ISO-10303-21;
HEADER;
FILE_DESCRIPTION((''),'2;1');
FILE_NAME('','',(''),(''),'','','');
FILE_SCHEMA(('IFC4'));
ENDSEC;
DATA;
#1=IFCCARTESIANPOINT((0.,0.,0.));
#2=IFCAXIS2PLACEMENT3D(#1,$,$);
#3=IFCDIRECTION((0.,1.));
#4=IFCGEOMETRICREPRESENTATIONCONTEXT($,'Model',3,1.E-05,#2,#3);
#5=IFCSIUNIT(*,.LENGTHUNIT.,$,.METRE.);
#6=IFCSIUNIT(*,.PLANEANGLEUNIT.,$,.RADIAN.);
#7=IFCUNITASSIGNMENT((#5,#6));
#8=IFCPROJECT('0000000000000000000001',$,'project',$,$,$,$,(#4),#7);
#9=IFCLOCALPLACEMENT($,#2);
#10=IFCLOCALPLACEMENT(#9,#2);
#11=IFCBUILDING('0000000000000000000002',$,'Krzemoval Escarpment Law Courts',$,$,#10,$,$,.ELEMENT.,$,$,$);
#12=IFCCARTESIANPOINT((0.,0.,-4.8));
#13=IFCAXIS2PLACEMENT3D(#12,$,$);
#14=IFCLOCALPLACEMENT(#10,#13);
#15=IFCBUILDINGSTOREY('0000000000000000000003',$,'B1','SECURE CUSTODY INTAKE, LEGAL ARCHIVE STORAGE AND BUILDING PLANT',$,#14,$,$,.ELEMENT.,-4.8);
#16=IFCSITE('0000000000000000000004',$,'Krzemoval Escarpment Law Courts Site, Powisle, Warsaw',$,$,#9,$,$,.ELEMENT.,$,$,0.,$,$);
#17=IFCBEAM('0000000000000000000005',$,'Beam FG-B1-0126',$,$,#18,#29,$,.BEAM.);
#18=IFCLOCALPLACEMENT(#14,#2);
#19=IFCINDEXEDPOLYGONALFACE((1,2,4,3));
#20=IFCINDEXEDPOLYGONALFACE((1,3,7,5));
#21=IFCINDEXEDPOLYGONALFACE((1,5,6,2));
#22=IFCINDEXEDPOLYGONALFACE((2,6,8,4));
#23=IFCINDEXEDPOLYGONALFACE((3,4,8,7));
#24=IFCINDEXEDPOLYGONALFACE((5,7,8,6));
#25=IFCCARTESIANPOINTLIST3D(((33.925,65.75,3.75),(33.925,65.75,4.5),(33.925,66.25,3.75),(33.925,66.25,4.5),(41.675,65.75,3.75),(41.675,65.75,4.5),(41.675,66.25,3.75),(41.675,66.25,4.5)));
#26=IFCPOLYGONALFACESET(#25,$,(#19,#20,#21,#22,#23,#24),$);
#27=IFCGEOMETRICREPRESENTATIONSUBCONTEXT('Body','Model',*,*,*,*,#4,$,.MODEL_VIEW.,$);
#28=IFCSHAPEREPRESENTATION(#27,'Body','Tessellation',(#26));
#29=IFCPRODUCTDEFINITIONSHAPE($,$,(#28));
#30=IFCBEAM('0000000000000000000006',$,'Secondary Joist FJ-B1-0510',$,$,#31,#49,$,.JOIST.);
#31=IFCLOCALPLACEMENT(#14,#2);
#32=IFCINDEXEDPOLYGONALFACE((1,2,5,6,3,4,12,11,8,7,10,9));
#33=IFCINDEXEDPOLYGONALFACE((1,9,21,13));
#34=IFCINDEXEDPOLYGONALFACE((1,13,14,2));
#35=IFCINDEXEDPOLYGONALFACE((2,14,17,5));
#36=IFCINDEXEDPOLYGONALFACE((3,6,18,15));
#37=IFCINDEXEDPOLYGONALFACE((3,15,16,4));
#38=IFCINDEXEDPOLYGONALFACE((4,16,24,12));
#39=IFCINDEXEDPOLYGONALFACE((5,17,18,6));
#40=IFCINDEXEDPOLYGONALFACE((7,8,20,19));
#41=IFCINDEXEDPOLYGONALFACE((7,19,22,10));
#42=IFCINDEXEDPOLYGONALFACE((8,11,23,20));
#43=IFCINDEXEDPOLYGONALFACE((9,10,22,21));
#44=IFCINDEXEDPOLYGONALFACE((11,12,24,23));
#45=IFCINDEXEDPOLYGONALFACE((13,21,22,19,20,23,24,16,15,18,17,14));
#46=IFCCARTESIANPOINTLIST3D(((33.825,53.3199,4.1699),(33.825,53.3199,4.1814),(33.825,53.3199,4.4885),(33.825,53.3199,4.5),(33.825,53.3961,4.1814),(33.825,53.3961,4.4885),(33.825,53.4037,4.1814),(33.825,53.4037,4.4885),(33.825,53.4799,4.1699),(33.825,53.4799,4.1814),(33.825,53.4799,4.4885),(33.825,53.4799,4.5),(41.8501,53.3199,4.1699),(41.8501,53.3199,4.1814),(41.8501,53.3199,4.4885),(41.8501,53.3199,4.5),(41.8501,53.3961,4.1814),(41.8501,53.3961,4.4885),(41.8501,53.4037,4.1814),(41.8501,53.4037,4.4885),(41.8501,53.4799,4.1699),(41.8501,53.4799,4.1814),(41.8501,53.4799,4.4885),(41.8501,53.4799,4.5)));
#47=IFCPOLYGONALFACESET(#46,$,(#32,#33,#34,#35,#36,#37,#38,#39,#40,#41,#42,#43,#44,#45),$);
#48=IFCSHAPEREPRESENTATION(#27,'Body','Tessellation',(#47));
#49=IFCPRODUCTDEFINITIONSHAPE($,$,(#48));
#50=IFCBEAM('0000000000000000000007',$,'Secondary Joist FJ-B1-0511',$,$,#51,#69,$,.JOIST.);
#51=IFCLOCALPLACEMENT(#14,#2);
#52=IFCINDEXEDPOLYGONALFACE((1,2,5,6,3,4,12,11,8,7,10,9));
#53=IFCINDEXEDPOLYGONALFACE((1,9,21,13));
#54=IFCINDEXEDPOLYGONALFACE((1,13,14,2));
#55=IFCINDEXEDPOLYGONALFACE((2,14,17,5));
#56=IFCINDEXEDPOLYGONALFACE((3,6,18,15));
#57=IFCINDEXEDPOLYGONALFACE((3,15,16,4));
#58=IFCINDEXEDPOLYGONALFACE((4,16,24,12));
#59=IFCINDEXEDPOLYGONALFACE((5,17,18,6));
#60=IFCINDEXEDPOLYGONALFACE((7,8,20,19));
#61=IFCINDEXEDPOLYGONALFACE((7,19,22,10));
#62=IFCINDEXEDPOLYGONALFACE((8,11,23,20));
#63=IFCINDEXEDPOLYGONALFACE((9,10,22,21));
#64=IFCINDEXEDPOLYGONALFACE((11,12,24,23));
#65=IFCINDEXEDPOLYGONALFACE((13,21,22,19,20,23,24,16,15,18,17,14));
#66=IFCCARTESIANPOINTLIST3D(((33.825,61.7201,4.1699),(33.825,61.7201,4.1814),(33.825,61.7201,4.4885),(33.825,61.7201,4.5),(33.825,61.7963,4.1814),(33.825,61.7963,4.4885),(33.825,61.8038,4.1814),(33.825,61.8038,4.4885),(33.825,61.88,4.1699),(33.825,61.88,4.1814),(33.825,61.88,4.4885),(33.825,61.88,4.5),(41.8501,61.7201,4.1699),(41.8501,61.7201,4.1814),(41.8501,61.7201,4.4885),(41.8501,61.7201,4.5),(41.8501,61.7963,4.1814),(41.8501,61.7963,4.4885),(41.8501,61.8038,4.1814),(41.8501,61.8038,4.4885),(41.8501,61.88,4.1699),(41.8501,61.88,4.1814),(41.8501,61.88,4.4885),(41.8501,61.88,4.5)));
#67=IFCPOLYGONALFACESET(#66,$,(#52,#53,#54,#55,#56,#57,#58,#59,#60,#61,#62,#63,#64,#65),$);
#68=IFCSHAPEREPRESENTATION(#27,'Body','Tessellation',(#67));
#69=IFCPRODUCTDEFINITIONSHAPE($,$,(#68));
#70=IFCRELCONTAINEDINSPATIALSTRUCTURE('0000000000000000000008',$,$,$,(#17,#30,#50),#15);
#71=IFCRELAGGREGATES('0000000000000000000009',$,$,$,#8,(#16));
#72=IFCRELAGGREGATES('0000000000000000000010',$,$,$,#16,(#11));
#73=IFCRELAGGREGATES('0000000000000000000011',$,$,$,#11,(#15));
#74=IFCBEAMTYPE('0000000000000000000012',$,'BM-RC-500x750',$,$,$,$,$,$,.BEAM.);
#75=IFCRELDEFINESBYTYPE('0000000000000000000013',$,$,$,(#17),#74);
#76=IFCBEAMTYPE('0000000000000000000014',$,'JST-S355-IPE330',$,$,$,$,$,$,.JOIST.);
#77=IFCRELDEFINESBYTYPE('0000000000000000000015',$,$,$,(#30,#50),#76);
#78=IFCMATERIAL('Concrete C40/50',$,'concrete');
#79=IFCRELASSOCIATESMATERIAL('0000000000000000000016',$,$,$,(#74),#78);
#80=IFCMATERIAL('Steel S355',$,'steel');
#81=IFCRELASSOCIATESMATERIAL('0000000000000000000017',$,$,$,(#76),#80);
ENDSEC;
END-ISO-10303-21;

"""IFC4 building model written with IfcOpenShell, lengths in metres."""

from ifc_helpers import new_model, si_unit, direction, frame, origin, origin_2d, place, context, subcontext, project, spatial, rectangle, i_section, extrude, material, material_profile, profile_set, type_object, element, save


model = new_model("IFC4")

# Units and contexts
model_context = context("Model", 3, precision=1e-05, world=origin(), true_north=direction((0.0, 1.0)))
body_context = subcontext(model_context, "Body", "Model", "MODEL_VIEW")
ifc_project = project(units=[si_unit("LENGTHUNIT", "METRE"), si_unit("PLANEANGLEUNIT", "RADIAN")], contexts=[model_context])

# Site, building, storey
site_placement = place(None, origin())
site = spatial("IfcSite", under=ifc_project, at=site_placement, Name="Krzemoval Escarpment Law Courts Site, Powisle, Warsaw", CompositionType="ELEMENT", RefElevation=0.0)
building_placement = place(site_placement, origin())
building = spatial("IfcBuilding", under=site, at=building_placement, Name="Krzemoval Escarpment Law Courts", CompositionType="ELEMENT")
storey_placement = place(building_placement, frame((0.0, 0.0, -4.8)))
storey = spatial("IfcBuildingStorey", under=building, at=storey_placement, Name="B1", Description="SECURE CUSTODY INTAKE, LEGAL ARCHIVE STORAGE AND BUILDING PLANT", CompositionType="ELEMENT", Elevation=-4.8)

# Beams
ifc_material_1 = material(Name="Concrete C40/50", Category="concrete")
ifc_material_profile_1 = material_profile(ifc_material_1, rectangle(XDim=0.5, YDim=0.75, at=origin_2d()), Name="RCB 500x750")
ifc_profile_set_1 = profile_set([ifc_material_profile_1], Name="Concrete C40/50")
beam_type_1 = type_object("IfcBeamType", Name="BM-RC-500x750", PredefinedType="BEAM", material=ifc_profile_set_1)
for number, where, z_axis, x_axis, name in (
    (1, (33.925, 66.0, 4.125), (1.0, 0.0, 0.0), (0.0, 1.0, 0.0), "Beam FG-B1-0126"),
):
    element("IfcBeam", number, at=place(storey_placement, frame(where, z_axis=z_axis, x_axis=x_axis)), inside=storey, type_object=beam_type_1, Name=name, PredefinedType="BEAM", context=body_context, shape_type="SweptSolid", body=[
        extrude(rectangle(XDim=0.5, YDim=0.75, at=origin_2d()), origin(), (0.0, 0.0, 1.0), 7.75),
    ])
ifc_material_2 = material(Name="Steel S355", Category="steel")
ifc_material_profile_2 = material_profile(ifc_material_2, i_section(OverallWidth=0.1599, OverallDepth=0.3301, WebThickness=0.0076, FlangeThickness=0.0115, at=origin_2d()), Name="IPE 330")
ifc_profile_set_2 = profile_set([ifc_material_profile_2], Name="Steel S355")
beam_type_2 = type_object("IfcBeamType", Name="JST-S355-IPE330", PredefinedType="JOIST", material=ifc_profile_set_2)
for number, where, z_axis, x_axis, name in (
    (2, (33.825, 53.3999, 4.335), (1.0, 0.0, 0.0), (0.0, 1.0, 0.0), "Secondary Joist FJ-B1-0510"),
    (3, (33.825, 61.8, 4.335), (1.0, 0.0, 0.0), (0.0, 1.0, 0.0), "Secondary Joist FJ-B1-0511"),
):
    element("IfcBeam", number, at=place(storey_placement, frame(where, z_axis=z_axis, x_axis=x_axis)), inside=storey, type_object=beam_type_2, Name=name, PredefinedType="JOIST", context=body_context, shape_type="SweptSolid", body=[
        extrude(i_section(OverallWidth=0.1599, OverallDepth=0.3301, WebThickness=0.0076, FlangeThickness=0.0115, at=origin_2d()), origin(), (0.0, 0.0, 1.0), 8.0251),
    ])

save(model, "model.ifc")
